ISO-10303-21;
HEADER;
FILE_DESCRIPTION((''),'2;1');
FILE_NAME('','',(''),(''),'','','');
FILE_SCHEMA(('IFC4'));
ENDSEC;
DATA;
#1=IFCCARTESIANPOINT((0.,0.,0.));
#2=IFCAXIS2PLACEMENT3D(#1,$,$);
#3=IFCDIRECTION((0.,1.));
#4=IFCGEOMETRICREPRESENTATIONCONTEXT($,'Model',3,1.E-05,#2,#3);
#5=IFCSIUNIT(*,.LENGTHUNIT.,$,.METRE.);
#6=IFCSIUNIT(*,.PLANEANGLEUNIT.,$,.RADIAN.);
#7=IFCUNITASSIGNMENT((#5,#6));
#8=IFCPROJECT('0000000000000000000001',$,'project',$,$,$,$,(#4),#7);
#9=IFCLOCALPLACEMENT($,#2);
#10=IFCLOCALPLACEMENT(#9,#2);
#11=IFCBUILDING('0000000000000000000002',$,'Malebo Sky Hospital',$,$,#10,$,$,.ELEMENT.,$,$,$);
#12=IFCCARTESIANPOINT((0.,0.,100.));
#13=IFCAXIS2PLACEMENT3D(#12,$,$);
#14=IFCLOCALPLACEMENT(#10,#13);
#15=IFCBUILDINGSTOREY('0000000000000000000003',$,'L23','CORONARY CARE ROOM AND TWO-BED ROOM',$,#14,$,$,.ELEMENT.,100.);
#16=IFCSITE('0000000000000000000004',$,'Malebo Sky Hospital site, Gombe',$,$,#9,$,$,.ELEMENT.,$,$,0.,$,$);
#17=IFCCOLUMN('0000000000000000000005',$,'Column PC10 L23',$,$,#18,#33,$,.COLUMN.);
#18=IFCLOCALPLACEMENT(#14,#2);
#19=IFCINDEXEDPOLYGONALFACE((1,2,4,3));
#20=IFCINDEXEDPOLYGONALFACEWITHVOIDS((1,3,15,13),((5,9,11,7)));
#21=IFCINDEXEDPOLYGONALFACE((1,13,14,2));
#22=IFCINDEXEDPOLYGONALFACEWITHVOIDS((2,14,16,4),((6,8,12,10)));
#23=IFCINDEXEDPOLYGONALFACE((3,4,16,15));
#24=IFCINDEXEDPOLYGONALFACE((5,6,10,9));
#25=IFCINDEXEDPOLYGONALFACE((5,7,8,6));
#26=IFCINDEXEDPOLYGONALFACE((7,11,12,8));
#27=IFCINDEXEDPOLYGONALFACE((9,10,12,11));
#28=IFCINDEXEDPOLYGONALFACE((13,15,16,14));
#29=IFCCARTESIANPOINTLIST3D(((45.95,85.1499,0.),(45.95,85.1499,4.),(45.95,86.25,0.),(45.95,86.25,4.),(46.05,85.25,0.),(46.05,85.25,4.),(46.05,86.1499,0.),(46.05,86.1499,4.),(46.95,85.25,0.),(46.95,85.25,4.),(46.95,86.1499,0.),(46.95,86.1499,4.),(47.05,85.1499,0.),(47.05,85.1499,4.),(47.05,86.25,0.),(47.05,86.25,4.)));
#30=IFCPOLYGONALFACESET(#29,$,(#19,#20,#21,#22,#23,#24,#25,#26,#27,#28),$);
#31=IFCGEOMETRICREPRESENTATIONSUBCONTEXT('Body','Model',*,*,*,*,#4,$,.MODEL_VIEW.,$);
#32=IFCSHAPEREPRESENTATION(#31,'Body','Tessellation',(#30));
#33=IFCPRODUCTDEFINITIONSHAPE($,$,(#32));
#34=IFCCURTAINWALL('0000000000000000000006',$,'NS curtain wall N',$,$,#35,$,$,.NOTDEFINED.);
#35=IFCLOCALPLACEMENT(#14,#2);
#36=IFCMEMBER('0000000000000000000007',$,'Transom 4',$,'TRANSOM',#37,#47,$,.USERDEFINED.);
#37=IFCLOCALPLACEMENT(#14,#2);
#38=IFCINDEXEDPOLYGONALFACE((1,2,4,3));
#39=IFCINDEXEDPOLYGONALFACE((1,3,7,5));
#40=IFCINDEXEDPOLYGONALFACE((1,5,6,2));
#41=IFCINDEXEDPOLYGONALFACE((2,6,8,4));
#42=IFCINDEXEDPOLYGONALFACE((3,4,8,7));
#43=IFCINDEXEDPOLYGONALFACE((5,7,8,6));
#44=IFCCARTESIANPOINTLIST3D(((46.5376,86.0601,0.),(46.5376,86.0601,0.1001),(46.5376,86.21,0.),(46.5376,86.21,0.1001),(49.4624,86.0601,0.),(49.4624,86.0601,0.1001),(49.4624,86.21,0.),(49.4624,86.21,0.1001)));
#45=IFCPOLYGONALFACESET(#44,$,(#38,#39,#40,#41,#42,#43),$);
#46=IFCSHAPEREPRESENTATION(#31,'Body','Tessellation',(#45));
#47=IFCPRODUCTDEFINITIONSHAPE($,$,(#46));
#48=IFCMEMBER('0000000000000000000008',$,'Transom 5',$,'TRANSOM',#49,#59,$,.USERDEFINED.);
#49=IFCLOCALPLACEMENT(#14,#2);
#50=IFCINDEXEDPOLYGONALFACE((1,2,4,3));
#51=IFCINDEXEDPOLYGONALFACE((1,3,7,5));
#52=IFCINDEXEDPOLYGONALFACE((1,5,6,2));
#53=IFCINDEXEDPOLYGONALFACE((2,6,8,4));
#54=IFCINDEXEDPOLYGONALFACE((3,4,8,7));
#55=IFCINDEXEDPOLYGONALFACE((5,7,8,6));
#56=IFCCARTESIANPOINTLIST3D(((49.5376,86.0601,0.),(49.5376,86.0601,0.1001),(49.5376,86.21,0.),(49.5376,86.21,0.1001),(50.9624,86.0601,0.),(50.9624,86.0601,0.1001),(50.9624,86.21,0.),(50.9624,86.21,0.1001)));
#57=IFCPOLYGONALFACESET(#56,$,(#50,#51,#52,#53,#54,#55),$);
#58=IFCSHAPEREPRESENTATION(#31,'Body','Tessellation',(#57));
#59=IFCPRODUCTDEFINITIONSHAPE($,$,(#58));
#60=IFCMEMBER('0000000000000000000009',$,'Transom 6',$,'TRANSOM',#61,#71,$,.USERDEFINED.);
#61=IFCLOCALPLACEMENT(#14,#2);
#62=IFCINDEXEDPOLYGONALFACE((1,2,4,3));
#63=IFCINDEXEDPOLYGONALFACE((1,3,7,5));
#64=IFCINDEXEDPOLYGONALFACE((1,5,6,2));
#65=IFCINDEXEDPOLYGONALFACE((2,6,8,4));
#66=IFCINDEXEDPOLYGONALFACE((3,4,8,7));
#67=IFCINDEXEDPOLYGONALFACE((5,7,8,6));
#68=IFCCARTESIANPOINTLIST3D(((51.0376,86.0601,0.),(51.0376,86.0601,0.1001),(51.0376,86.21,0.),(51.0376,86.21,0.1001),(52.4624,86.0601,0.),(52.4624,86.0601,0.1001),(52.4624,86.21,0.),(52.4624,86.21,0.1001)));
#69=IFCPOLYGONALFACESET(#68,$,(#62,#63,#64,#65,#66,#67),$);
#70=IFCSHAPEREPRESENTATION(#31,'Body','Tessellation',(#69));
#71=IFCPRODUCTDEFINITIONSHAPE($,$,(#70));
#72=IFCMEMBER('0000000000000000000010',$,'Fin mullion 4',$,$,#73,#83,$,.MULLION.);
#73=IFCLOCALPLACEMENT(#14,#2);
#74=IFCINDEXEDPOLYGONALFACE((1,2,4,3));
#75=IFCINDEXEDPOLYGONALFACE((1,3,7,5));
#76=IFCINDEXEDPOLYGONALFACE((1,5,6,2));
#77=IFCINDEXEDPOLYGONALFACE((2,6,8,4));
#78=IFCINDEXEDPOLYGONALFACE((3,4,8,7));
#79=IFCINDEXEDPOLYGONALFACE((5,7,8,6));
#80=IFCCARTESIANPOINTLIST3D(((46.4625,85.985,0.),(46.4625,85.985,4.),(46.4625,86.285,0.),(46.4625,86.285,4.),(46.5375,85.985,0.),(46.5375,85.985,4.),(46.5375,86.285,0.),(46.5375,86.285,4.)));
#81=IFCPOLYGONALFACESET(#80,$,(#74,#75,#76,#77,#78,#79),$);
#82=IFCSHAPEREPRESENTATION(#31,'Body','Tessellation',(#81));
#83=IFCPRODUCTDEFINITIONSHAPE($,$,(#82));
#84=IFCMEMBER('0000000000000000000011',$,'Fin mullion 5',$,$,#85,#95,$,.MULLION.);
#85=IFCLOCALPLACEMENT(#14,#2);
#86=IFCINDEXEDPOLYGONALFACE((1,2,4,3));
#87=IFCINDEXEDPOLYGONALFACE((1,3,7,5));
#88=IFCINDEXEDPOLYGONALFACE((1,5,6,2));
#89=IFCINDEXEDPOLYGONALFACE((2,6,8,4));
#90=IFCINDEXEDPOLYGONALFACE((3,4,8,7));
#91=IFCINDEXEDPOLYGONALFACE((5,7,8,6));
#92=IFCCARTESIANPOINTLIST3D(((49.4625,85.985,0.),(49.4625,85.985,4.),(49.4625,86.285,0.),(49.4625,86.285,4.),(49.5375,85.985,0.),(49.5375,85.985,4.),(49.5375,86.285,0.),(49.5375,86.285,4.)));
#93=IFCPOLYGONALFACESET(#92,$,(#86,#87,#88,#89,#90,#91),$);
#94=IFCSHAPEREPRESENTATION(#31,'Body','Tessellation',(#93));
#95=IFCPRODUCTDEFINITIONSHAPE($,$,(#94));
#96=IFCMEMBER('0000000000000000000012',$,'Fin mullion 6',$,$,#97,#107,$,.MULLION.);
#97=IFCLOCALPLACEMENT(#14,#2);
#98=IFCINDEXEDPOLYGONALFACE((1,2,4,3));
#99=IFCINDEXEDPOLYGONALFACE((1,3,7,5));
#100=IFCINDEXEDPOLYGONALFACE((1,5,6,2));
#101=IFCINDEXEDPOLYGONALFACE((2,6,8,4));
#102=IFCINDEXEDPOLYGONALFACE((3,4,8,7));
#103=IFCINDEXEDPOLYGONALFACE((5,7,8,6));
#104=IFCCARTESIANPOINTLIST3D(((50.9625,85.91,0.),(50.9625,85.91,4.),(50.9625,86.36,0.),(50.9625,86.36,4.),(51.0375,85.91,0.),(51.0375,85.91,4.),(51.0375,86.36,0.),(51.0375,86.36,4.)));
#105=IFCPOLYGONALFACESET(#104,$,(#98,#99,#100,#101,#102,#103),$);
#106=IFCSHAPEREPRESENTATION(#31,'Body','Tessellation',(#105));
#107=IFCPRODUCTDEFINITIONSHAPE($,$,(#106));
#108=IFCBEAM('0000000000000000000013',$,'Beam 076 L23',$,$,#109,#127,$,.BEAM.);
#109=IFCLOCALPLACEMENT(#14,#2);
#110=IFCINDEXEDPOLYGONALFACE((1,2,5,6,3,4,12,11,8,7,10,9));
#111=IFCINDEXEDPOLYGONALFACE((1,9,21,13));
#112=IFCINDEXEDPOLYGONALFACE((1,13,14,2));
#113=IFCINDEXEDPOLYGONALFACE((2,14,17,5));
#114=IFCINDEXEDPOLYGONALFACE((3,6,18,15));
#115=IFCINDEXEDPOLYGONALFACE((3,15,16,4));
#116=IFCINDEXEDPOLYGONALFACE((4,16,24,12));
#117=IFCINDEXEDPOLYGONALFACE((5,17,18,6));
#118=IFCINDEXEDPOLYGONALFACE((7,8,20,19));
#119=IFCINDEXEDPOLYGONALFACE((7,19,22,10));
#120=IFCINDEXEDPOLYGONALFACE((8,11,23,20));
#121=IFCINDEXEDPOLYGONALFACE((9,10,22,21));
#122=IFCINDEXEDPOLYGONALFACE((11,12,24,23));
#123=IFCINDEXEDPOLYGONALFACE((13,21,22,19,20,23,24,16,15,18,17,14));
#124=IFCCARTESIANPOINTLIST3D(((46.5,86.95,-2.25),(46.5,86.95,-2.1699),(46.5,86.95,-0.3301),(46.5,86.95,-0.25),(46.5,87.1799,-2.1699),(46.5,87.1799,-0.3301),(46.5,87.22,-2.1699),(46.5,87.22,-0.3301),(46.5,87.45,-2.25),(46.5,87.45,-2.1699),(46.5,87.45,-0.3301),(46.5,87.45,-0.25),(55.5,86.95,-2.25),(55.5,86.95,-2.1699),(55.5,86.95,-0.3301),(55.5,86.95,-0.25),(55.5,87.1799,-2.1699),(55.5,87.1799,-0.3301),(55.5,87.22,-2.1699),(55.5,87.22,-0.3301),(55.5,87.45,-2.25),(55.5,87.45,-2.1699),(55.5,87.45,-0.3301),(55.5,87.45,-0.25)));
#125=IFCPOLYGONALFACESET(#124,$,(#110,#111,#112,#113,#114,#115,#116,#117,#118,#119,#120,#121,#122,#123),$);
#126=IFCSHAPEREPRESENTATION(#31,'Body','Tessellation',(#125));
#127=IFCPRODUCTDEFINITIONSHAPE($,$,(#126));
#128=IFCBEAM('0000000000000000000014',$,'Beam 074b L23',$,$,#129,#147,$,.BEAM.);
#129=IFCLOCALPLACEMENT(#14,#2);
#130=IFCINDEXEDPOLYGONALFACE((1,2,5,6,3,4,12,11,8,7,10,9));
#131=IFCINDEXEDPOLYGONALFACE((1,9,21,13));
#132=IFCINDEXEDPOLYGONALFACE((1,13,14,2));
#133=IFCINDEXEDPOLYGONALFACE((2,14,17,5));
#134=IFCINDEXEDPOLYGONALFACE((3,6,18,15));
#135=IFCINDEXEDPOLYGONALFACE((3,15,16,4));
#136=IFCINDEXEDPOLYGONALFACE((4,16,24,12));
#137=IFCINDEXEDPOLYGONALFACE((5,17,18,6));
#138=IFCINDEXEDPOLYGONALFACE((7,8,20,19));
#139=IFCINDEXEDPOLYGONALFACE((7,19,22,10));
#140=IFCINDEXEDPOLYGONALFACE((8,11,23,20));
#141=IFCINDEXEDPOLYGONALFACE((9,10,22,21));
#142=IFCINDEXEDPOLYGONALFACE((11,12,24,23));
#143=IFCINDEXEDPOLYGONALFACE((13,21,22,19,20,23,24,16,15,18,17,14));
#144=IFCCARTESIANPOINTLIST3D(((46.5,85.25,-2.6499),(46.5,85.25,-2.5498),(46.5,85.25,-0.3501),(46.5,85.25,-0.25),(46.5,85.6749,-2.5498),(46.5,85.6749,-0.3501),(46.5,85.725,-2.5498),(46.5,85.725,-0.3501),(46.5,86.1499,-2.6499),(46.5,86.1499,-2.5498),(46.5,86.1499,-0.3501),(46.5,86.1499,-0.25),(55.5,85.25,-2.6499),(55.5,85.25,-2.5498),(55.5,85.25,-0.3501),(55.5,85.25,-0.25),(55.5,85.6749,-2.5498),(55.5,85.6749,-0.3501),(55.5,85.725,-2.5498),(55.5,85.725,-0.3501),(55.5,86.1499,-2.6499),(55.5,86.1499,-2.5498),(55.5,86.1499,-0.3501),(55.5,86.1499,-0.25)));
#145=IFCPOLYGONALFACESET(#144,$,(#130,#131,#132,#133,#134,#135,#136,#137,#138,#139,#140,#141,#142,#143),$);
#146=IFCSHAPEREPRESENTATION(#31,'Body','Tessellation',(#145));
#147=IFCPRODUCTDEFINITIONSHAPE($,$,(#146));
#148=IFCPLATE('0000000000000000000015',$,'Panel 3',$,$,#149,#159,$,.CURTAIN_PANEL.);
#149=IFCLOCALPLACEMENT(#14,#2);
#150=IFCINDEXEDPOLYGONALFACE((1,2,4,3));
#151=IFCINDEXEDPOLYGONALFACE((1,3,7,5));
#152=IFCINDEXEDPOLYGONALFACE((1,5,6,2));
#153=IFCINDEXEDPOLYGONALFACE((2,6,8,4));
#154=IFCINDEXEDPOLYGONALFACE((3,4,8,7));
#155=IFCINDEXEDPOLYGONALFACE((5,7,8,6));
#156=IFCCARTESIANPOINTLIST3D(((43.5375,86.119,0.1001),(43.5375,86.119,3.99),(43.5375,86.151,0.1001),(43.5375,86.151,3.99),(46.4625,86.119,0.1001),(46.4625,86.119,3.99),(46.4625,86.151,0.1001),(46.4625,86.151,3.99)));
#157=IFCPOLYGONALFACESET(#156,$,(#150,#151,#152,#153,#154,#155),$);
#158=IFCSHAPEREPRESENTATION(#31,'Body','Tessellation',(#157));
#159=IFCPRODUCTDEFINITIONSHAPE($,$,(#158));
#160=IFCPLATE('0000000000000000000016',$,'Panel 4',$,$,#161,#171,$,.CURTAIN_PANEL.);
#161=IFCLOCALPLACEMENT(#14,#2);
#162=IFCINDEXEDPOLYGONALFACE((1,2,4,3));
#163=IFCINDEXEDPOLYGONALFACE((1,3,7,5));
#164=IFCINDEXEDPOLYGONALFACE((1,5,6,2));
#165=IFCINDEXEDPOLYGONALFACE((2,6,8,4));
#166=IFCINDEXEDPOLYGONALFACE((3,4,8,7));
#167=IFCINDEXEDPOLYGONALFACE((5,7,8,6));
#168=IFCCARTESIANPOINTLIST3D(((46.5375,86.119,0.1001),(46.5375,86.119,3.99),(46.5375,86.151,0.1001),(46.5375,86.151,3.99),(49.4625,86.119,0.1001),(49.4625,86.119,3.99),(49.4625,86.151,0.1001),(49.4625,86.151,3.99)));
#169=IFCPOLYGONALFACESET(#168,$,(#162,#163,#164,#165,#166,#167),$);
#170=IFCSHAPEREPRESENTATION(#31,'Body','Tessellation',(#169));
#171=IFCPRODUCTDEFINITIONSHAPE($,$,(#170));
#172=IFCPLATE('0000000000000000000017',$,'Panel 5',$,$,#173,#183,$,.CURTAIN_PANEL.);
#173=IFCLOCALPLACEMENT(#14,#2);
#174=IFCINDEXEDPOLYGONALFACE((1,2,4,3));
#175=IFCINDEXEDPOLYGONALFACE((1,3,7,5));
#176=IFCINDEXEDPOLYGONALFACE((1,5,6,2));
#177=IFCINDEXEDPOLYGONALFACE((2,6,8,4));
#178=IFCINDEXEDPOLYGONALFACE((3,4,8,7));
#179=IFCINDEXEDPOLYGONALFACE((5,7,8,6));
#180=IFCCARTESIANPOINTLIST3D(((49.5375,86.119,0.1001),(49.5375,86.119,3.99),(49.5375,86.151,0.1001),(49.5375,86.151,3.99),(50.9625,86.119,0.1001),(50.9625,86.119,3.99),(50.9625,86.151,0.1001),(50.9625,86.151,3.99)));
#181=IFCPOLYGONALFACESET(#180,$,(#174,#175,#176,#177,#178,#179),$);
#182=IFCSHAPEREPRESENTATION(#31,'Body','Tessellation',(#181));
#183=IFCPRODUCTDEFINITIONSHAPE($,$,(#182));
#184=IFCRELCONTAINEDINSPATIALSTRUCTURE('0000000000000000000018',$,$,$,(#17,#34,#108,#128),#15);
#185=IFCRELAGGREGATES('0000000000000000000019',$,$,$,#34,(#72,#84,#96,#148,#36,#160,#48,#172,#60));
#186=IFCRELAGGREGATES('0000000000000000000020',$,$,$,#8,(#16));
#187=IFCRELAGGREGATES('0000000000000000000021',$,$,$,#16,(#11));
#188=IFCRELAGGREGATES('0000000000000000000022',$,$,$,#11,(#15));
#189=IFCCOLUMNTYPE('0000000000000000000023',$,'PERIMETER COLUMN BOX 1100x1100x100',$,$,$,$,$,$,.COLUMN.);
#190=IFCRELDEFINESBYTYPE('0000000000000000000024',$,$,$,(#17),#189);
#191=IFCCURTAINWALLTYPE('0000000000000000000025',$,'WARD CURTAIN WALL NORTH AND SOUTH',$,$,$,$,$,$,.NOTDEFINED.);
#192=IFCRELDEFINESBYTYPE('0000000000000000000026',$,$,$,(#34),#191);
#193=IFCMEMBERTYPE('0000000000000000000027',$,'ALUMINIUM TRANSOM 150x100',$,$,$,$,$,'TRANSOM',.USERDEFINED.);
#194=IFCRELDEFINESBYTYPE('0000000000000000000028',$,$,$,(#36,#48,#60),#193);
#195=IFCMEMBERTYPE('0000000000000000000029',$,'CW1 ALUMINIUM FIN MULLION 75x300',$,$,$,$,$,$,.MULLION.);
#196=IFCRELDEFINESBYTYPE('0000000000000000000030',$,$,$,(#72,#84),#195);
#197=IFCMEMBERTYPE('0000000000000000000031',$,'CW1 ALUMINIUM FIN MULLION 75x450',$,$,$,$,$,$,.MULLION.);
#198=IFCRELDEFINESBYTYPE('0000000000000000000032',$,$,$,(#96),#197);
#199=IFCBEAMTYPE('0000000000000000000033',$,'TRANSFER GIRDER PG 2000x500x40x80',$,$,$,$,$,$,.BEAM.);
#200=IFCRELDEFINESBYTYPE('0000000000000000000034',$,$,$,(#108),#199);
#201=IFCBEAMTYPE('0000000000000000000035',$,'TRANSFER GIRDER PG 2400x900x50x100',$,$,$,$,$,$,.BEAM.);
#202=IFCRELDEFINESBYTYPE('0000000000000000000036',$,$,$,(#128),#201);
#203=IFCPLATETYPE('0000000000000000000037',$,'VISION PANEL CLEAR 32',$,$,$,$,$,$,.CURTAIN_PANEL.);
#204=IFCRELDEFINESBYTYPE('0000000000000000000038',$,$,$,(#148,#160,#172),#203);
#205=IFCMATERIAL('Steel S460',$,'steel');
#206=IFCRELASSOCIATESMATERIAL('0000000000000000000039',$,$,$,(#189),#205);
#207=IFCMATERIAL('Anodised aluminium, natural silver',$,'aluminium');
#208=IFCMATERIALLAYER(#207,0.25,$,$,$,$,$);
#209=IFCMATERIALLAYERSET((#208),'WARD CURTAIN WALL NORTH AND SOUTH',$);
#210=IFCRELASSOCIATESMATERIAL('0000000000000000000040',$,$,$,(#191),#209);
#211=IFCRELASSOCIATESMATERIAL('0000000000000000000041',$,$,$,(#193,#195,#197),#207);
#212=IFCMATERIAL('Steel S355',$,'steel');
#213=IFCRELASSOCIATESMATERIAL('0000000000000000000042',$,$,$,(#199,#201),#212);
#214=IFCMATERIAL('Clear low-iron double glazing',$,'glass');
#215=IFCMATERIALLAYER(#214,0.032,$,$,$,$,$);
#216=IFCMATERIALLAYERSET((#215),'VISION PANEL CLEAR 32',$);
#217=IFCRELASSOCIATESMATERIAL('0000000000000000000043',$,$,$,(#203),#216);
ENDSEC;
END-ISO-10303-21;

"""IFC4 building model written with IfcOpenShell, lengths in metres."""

from ifc_helpers import new_model, si_unit, direction, frame, origin, origin_2d, place, context, subcontext, project, spatial, rectangle, hollow_rectangle, i_section, extrude, material, layer, layer_set, material_profile, profile_set, type_object, element, aggregate, save


model = new_model("IFC4")

# Units and contexts
model_context = context("Model", 3, precision=1e-05, world=origin(), true_north=direction((0.0, 1.0)))
body_context = subcontext(model_context, "Body", "Model", "MODEL_VIEW")
ifc_project = project(units=[si_unit("LENGTHUNIT", "METRE"), si_unit("PLANEANGLEUNIT", "RADIAN")], contexts=[model_context])

# Site, building, storey
site_placement = place(None, origin())
site = spatial("IfcSite", under=ifc_project, at=site_placement, Name="Malebo Sky Hospital site, Gombe", CompositionType="ELEMENT", RefElevation=0.0)
building_placement = place(site_placement, origin())
building = spatial("IfcBuilding", under=site, at=building_placement, Name="Malebo Sky Hospital", CompositionType="ELEMENT")
storey_placement = place(building_placement, frame((0.0, 0.0, 100.0)))
storey = spatial("IfcBuildingStorey", under=building, at=storey_placement, Name="L23", Description="CORONARY CARE ROOM AND TWO-BED ROOM", CompositionType="ELEMENT", Elevation=100.0)

# Column
ifc_material_1 = material(Name="Steel S460", Category="steel")
ifc_material_profile_1 = material_profile(ifc_material_1, hollow_rectangle(XDim=1.1001, YDim=1.1001, WallThickness=0.1001, at=origin_2d()), Name="BOX 1100x1100x100")
ifc_profile_set_1 = profile_set([ifc_material_profile_1], Name="Steel S460")
column_type = type_object("IfcColumnType", Name="PERIMETER COLUMN BOX 1100x1100x100", PredefinedType="COLUMN", material=ifc_profile_set_1)
column_placement = place(storey_placement, frame((46.5, 85.7, 0.0), z_axis=(0.0, 0.0, 1.0), x_axis=(1.0, 0.0, 0.0)))
element("IfcColumn", 1, at=column_placement, inside=storey, type_object=column_type, Name="Column PC10 L23", PredefinedType="COLUMN", context=body_context, shape_type="SweptSolid", body=[
    extrude(hollow_rectangle(XDim=1.1001, YDim=1.1001, WallThickness=0.1001, at=origin_2d()), origin(), (0.0, 0.0, 1.0), 4.0),
])

# Curtain wall, members
ifc_material_2 = material(Name="Anodised aluminium, natural silver", Category="aluminium")
ifc_layer_1 = layer(ifc_material_2, 0.25)
ifc_layer_set_1 = layer_set([ifc_layer_1], Name="WARD CURTAIN WALL NORTH AND SOUTH")
curtain_wall_type = type_object("IfcCurtainWallType", Name="WARD CURTAIN WALL NORTH AND SOUTH", PredefinedType="NOTDEFINED", material=ifc_layer_set_1)
curtain_wall_placement = place(storey_placement, origin())
curtain_wall = element("IfcCurtainWall", 2, at=curtain_wall_placement, inside=storey, type_object=curtain_wall_type, Name="NS curtain wall N", PredefinedType="NOTDEFINED")
ifc_material_profile_2 = material_profile(ifc_material_2, rectangle(XDim=0.1499, YDim=0.1001, at=origin_2d()), Name="ALUMINIUM TRANSOM 150x100")
ifc_profile_set_2 = profile_set([ifc_material_profile_2], Name="Anodised aluminium, natural silver")
member_type_1 = type_object("IfcMemberType", Name="ALUMINIUM TRANSOM 150x100", ElementType="TRANSOM", PredefinedType="USERDEFINED", material=ifc_profile_set_2)
member_1_placement = place(storey_placement, frame((46.5376, 86.135, 0.05), z_axis=(1.0, 0.0, 0.0), x_axis=(0.0, 1.0, 0.0)))
member_1 = element("IfcMember", 3, at=member_1_placement, type_object=member_type_1, Name="Transom 4", ObjectType="TRANSOM", PredefinedType="USERDEFINED", context=body_context, shape_type="SweptSolid", body=[
    extrude(rectangle(XDim=0.1499, YDim=0.1001, at=origin_2d()), origin(), (0.0, 0.0, 1.0), 2.9248),
])
member_2_placement = place(storey_placement, frame((49.5376, 86.135, 0.05), z_axis=(1.0, 0.0, 0.0), x_axis=(0.0, 1.0, 0.0)))
member_2 = element("IfcMember", 4, at=member_2_placement, type_object=member_type_1, Name="Transom 5", ObjectType="TRANSOM", PredefinedType="USERDEFINED", context=body_context, shape_type="SweptSolid", body=[
    extrude(rectangle(XDim=0.1499, YDim=0.1001, at=origin_2d()), origin(), (0.0, 0.0, 1.0), 1.4248),
])
member_3_placement = place(storey_placement, frame((51.0376, 86.135, 0.05), z_axis=(1.0, 0.0, 0.0), x_axis=(0.0, 1.0, 0.0)))
member_3 = element("IfcMember", 5, at=member_3_placement, type_object=member_type_1, Name="Transom 6", ObjectType="TRANSOM", PredefinedType="USERDEFINED", context=body_context, shape_type="SweptSolid", body=[
    extrude(rectangle(XDim=0.1499, YDim=0.1001, at=origin_2d()), origin(), (0.0, 0.0, 1.0), 1.4248),
])
ifc_material_profile_3 = material_profile(ifc_material_2, rectangle(XDim=0.075, YDim=0.3, at=origin_2d()), Name="CW1 ALUMINIUM FIN MULLION 75x300")
ifc_profile_set_3 = profile_set([ifc_material_profile_3], Name="Anodised aluminium, natural silver")
member_type_2 = type_object("IfcMemberType", Name="CW1 ALUMINIUM FIN MULLION 75x300", PredefinedType="MULLION", material=ifc_profile_set_3)
member_4_placement = place(storey_placement, frame((46.5, 86.135, 0.0), z_axis=(0.0, 0.0, 1.0), x_axis=(1.0, 0.0, 0.0)))
member_4 = element("IfcMember", 6, at=member_4_placement, type_object=member_type_2, Name="Fin mullion 4", PredefinedType="MULLION", context=body_context, shape_type="SweptSolid", body=[
    extrude(rectangle(XDim=0.075, YDim=0.3, at=origin_2d()), origin(), (0.0, 0.0, 1.0), 4.0),
])
member_5_placement = place(storey_placement, frame((49.5, 86.135, 0.0), z_axis=(0.0, 0.0, 1.0), x_axis=(1.0, 0.0, 0.0)))
member_5 = element("IfcMember", 7, at=member_5_placement, type_object=member_type_2, Name="Fin mullion 5", PredefinedType="MULLION", context=body_context, shape_type="SweptSolid", body=[
    extrude(rectangle(XDim=0.075, YDim=0.3, at=origin_2d()), origin(), (0.0, 0.0, 1.0), 4.0),
])
ifc_material_profile_4 = material_profile(ifc_material_2, rectangle(XDim=0.075, YDim=0.45, at=origin_2d()), Name="CW1 ALUMINIUM FIN MULLION 75x450")
ifc_profile_set_4 = profile_set([ifc_material_profile_4], Name="Anodised aluminium, natural silver")
member_type_3 = type_object("IfcMemberType", Name="CW1 ALUMINIUM FIN MULLION 75x450", PredefinedType="MULLION", material=ifc_profile_set_4)
member_6_placement = place(storey_placement, frame((51.0, 86.135, 0.0), z_axis=(0.0, 0.0, 1.0), x_axis=(1.0, 0.0, 0.0)))
member_6 = element("IfcMember", 8, at=member_6_placement, type_object=member_type_3, Name="Fin mullion 6", PredefinedType="MULLION", context=body_context, shape_type="SweptSolid", body=[
    extrude(rectangle(XDim=0.075, YDim=0.45, at=origin_2d()), origin(), (0.0, 0.0, 1.0), 4.0),
])

# Beams
ifc_material_3 = material(Name="Steel S355", Category="steel")
ifc_material_profile_5 = material_profile(ifc_material_3, i_section(OverallWidth=0.5, OverallDepth=2.0, WebThickness=0.04, FlangeThickness=0.0801, at=origin_2d()), Name="PG 2000x500x40x80")
ifc_profile_set_5 = profile_set([ifc_material_profile_5], Name="Steel S355")
beam_type_1 = type_object("IfcBeamType", Name="TRANSFER GIRDER PG 2000x500x40x80", PredefinedType="BEAM", material=ifc_profile_set_5)
beam_1_placement = place(storey_placement, frame((46.5, 87.2, -1.25), z_axis=(1.0, 0.0, 0.0), x_axis=(0.0, 1.0, 0.0)))
element("IfcBeam", 9, at=beam_1_placement, inside=storey, type_object=beam_type_1, Name="Beam 076 L23", PredefinedType="BEAM", context=body_context, shape_type="SweptSolid", body=[
    extrude(i_section(OverallWidth=0.5, OverallDepth=2.0, WebThickness=0.04, FlangeThickness=0.0801, at=origin_2d()), origin(), (0.0, 0.0, 1.0), 9.0),
])
ifc_material_profile_6 = material_profile(ifc_material_3, i_section(OverallWidth=0.8999, OverallDepth=2.3999, WebThickness=0.05, FlangeThickness=0.1001, at=origin_2d()), Name="PG 2400x900x50x100")
ifc_profile_set_6 = profile_set([ifc_material_profile_6], Name="Steel S355")
beam_type_2 = type_object("IfcBeamType", Name="TRANSFER GIRDER PG 2400x900x50x100", PredefinedType="BEAM", material=ifc_profile_set_6)
beam_2_placement = place(storey_placement, frame((46.5, 85.7, -1.45), z_axis=(1.0, 0.0, 0.0), x_axis=(0.0, 1.0, 0.0)))
element("IfcBeam", 10, at=beam_2_placement, inside=storey, type_object=beam_type_2, Name="Beam 074b L23", PredefinedType="BEAM", context=body_context, shape_type="SweptSolid", body=[
    extrude(i_section(OverallWidth=0.8999, OverallDepth=2.3999, WebThickness=0.05, FlangeThickness=0.1001, at=origin_2d()), origin(), (0.0, 0.0, 1.0), 9.0),
])

# Plates
ifc_material_4 = material(Name="Clear low-iron double glazing", Category="glass")
ifc_layer_2 = layer(ifc_material_4, 0.032)
ifc_layer_set_2 = layer_set([ifc_layer_2], Name="VISION PANEL CLEAR 32")
plate_type = type_object("IfcPlateType", Name="VISION PANEL CLEAR 32", PredefinedType="CURTAIN_PANEL", material=ifc_layer_set_2)
plate_1_placement = place(storey_placement, frame((45.0, 86.135, 0.1001), z_axis=(0.0, 0.0, 1.0), x_axis=(1.0, 0.0, 0.0)))
plate_1 = element("IfcPlate", 11, at=plate_1_placement, type_object=plate_type, Name="Panel 3", PredefinedType="CURTAIN_PANEL", context=body_context, shape_type="SweptSolid", body=[
    extrude(rectangle(XDim=2.925, YDim=0.032, at=origin_2d()), origin(), (0.0, 0.0, 1.0), 3.8899),
])
plate_2_placement = place(storey_placement, frame((48.0, 86.135, 0.1001), z_axis=(0.0, 0.0, 1.0), x_axis=(1.0, 0.0, 0.0)))
plate_2 = element("IfcPlate", 12, at=plate_2_placement, type_object=plate_type, Name="Panel 4", PredefinedType="CURTAIN_PANEL", context=body_context, shape_type="SweptSolid", body=[
    extrude(rectangle(XDim=2.925, YDim=0.032, at=origin_2d()), origin(), (0.0, 0.0, 1.0), 3.8899),
])
plate_3_placement = place(storey_placement, frame((50.25, 86.135, 0.1001), z_axis=(0.0, 0.0, 1.0), x_axis=(1.0, 0.0, 0.0)))
plate_3 = element("IfcPlate", 13, at=plate_3_placement, type_object=plate_type, Name="Panel 5", PredefinedType="CURTAIN_PANEL", context=body_context, shape_type="SweptSolid", body=[
    extrude(rectangle(XDim=1.425, YDim=0.032, at=origin_2d()), origin(), (0.0, 0.0, 1.0), 3.8899),
])
aggregate(curtain_wall, [member_4, member_5, member_6, plate_1, member_1, plate_2, member_2, plate_3, member_3])

save(model, "model.ifc")
